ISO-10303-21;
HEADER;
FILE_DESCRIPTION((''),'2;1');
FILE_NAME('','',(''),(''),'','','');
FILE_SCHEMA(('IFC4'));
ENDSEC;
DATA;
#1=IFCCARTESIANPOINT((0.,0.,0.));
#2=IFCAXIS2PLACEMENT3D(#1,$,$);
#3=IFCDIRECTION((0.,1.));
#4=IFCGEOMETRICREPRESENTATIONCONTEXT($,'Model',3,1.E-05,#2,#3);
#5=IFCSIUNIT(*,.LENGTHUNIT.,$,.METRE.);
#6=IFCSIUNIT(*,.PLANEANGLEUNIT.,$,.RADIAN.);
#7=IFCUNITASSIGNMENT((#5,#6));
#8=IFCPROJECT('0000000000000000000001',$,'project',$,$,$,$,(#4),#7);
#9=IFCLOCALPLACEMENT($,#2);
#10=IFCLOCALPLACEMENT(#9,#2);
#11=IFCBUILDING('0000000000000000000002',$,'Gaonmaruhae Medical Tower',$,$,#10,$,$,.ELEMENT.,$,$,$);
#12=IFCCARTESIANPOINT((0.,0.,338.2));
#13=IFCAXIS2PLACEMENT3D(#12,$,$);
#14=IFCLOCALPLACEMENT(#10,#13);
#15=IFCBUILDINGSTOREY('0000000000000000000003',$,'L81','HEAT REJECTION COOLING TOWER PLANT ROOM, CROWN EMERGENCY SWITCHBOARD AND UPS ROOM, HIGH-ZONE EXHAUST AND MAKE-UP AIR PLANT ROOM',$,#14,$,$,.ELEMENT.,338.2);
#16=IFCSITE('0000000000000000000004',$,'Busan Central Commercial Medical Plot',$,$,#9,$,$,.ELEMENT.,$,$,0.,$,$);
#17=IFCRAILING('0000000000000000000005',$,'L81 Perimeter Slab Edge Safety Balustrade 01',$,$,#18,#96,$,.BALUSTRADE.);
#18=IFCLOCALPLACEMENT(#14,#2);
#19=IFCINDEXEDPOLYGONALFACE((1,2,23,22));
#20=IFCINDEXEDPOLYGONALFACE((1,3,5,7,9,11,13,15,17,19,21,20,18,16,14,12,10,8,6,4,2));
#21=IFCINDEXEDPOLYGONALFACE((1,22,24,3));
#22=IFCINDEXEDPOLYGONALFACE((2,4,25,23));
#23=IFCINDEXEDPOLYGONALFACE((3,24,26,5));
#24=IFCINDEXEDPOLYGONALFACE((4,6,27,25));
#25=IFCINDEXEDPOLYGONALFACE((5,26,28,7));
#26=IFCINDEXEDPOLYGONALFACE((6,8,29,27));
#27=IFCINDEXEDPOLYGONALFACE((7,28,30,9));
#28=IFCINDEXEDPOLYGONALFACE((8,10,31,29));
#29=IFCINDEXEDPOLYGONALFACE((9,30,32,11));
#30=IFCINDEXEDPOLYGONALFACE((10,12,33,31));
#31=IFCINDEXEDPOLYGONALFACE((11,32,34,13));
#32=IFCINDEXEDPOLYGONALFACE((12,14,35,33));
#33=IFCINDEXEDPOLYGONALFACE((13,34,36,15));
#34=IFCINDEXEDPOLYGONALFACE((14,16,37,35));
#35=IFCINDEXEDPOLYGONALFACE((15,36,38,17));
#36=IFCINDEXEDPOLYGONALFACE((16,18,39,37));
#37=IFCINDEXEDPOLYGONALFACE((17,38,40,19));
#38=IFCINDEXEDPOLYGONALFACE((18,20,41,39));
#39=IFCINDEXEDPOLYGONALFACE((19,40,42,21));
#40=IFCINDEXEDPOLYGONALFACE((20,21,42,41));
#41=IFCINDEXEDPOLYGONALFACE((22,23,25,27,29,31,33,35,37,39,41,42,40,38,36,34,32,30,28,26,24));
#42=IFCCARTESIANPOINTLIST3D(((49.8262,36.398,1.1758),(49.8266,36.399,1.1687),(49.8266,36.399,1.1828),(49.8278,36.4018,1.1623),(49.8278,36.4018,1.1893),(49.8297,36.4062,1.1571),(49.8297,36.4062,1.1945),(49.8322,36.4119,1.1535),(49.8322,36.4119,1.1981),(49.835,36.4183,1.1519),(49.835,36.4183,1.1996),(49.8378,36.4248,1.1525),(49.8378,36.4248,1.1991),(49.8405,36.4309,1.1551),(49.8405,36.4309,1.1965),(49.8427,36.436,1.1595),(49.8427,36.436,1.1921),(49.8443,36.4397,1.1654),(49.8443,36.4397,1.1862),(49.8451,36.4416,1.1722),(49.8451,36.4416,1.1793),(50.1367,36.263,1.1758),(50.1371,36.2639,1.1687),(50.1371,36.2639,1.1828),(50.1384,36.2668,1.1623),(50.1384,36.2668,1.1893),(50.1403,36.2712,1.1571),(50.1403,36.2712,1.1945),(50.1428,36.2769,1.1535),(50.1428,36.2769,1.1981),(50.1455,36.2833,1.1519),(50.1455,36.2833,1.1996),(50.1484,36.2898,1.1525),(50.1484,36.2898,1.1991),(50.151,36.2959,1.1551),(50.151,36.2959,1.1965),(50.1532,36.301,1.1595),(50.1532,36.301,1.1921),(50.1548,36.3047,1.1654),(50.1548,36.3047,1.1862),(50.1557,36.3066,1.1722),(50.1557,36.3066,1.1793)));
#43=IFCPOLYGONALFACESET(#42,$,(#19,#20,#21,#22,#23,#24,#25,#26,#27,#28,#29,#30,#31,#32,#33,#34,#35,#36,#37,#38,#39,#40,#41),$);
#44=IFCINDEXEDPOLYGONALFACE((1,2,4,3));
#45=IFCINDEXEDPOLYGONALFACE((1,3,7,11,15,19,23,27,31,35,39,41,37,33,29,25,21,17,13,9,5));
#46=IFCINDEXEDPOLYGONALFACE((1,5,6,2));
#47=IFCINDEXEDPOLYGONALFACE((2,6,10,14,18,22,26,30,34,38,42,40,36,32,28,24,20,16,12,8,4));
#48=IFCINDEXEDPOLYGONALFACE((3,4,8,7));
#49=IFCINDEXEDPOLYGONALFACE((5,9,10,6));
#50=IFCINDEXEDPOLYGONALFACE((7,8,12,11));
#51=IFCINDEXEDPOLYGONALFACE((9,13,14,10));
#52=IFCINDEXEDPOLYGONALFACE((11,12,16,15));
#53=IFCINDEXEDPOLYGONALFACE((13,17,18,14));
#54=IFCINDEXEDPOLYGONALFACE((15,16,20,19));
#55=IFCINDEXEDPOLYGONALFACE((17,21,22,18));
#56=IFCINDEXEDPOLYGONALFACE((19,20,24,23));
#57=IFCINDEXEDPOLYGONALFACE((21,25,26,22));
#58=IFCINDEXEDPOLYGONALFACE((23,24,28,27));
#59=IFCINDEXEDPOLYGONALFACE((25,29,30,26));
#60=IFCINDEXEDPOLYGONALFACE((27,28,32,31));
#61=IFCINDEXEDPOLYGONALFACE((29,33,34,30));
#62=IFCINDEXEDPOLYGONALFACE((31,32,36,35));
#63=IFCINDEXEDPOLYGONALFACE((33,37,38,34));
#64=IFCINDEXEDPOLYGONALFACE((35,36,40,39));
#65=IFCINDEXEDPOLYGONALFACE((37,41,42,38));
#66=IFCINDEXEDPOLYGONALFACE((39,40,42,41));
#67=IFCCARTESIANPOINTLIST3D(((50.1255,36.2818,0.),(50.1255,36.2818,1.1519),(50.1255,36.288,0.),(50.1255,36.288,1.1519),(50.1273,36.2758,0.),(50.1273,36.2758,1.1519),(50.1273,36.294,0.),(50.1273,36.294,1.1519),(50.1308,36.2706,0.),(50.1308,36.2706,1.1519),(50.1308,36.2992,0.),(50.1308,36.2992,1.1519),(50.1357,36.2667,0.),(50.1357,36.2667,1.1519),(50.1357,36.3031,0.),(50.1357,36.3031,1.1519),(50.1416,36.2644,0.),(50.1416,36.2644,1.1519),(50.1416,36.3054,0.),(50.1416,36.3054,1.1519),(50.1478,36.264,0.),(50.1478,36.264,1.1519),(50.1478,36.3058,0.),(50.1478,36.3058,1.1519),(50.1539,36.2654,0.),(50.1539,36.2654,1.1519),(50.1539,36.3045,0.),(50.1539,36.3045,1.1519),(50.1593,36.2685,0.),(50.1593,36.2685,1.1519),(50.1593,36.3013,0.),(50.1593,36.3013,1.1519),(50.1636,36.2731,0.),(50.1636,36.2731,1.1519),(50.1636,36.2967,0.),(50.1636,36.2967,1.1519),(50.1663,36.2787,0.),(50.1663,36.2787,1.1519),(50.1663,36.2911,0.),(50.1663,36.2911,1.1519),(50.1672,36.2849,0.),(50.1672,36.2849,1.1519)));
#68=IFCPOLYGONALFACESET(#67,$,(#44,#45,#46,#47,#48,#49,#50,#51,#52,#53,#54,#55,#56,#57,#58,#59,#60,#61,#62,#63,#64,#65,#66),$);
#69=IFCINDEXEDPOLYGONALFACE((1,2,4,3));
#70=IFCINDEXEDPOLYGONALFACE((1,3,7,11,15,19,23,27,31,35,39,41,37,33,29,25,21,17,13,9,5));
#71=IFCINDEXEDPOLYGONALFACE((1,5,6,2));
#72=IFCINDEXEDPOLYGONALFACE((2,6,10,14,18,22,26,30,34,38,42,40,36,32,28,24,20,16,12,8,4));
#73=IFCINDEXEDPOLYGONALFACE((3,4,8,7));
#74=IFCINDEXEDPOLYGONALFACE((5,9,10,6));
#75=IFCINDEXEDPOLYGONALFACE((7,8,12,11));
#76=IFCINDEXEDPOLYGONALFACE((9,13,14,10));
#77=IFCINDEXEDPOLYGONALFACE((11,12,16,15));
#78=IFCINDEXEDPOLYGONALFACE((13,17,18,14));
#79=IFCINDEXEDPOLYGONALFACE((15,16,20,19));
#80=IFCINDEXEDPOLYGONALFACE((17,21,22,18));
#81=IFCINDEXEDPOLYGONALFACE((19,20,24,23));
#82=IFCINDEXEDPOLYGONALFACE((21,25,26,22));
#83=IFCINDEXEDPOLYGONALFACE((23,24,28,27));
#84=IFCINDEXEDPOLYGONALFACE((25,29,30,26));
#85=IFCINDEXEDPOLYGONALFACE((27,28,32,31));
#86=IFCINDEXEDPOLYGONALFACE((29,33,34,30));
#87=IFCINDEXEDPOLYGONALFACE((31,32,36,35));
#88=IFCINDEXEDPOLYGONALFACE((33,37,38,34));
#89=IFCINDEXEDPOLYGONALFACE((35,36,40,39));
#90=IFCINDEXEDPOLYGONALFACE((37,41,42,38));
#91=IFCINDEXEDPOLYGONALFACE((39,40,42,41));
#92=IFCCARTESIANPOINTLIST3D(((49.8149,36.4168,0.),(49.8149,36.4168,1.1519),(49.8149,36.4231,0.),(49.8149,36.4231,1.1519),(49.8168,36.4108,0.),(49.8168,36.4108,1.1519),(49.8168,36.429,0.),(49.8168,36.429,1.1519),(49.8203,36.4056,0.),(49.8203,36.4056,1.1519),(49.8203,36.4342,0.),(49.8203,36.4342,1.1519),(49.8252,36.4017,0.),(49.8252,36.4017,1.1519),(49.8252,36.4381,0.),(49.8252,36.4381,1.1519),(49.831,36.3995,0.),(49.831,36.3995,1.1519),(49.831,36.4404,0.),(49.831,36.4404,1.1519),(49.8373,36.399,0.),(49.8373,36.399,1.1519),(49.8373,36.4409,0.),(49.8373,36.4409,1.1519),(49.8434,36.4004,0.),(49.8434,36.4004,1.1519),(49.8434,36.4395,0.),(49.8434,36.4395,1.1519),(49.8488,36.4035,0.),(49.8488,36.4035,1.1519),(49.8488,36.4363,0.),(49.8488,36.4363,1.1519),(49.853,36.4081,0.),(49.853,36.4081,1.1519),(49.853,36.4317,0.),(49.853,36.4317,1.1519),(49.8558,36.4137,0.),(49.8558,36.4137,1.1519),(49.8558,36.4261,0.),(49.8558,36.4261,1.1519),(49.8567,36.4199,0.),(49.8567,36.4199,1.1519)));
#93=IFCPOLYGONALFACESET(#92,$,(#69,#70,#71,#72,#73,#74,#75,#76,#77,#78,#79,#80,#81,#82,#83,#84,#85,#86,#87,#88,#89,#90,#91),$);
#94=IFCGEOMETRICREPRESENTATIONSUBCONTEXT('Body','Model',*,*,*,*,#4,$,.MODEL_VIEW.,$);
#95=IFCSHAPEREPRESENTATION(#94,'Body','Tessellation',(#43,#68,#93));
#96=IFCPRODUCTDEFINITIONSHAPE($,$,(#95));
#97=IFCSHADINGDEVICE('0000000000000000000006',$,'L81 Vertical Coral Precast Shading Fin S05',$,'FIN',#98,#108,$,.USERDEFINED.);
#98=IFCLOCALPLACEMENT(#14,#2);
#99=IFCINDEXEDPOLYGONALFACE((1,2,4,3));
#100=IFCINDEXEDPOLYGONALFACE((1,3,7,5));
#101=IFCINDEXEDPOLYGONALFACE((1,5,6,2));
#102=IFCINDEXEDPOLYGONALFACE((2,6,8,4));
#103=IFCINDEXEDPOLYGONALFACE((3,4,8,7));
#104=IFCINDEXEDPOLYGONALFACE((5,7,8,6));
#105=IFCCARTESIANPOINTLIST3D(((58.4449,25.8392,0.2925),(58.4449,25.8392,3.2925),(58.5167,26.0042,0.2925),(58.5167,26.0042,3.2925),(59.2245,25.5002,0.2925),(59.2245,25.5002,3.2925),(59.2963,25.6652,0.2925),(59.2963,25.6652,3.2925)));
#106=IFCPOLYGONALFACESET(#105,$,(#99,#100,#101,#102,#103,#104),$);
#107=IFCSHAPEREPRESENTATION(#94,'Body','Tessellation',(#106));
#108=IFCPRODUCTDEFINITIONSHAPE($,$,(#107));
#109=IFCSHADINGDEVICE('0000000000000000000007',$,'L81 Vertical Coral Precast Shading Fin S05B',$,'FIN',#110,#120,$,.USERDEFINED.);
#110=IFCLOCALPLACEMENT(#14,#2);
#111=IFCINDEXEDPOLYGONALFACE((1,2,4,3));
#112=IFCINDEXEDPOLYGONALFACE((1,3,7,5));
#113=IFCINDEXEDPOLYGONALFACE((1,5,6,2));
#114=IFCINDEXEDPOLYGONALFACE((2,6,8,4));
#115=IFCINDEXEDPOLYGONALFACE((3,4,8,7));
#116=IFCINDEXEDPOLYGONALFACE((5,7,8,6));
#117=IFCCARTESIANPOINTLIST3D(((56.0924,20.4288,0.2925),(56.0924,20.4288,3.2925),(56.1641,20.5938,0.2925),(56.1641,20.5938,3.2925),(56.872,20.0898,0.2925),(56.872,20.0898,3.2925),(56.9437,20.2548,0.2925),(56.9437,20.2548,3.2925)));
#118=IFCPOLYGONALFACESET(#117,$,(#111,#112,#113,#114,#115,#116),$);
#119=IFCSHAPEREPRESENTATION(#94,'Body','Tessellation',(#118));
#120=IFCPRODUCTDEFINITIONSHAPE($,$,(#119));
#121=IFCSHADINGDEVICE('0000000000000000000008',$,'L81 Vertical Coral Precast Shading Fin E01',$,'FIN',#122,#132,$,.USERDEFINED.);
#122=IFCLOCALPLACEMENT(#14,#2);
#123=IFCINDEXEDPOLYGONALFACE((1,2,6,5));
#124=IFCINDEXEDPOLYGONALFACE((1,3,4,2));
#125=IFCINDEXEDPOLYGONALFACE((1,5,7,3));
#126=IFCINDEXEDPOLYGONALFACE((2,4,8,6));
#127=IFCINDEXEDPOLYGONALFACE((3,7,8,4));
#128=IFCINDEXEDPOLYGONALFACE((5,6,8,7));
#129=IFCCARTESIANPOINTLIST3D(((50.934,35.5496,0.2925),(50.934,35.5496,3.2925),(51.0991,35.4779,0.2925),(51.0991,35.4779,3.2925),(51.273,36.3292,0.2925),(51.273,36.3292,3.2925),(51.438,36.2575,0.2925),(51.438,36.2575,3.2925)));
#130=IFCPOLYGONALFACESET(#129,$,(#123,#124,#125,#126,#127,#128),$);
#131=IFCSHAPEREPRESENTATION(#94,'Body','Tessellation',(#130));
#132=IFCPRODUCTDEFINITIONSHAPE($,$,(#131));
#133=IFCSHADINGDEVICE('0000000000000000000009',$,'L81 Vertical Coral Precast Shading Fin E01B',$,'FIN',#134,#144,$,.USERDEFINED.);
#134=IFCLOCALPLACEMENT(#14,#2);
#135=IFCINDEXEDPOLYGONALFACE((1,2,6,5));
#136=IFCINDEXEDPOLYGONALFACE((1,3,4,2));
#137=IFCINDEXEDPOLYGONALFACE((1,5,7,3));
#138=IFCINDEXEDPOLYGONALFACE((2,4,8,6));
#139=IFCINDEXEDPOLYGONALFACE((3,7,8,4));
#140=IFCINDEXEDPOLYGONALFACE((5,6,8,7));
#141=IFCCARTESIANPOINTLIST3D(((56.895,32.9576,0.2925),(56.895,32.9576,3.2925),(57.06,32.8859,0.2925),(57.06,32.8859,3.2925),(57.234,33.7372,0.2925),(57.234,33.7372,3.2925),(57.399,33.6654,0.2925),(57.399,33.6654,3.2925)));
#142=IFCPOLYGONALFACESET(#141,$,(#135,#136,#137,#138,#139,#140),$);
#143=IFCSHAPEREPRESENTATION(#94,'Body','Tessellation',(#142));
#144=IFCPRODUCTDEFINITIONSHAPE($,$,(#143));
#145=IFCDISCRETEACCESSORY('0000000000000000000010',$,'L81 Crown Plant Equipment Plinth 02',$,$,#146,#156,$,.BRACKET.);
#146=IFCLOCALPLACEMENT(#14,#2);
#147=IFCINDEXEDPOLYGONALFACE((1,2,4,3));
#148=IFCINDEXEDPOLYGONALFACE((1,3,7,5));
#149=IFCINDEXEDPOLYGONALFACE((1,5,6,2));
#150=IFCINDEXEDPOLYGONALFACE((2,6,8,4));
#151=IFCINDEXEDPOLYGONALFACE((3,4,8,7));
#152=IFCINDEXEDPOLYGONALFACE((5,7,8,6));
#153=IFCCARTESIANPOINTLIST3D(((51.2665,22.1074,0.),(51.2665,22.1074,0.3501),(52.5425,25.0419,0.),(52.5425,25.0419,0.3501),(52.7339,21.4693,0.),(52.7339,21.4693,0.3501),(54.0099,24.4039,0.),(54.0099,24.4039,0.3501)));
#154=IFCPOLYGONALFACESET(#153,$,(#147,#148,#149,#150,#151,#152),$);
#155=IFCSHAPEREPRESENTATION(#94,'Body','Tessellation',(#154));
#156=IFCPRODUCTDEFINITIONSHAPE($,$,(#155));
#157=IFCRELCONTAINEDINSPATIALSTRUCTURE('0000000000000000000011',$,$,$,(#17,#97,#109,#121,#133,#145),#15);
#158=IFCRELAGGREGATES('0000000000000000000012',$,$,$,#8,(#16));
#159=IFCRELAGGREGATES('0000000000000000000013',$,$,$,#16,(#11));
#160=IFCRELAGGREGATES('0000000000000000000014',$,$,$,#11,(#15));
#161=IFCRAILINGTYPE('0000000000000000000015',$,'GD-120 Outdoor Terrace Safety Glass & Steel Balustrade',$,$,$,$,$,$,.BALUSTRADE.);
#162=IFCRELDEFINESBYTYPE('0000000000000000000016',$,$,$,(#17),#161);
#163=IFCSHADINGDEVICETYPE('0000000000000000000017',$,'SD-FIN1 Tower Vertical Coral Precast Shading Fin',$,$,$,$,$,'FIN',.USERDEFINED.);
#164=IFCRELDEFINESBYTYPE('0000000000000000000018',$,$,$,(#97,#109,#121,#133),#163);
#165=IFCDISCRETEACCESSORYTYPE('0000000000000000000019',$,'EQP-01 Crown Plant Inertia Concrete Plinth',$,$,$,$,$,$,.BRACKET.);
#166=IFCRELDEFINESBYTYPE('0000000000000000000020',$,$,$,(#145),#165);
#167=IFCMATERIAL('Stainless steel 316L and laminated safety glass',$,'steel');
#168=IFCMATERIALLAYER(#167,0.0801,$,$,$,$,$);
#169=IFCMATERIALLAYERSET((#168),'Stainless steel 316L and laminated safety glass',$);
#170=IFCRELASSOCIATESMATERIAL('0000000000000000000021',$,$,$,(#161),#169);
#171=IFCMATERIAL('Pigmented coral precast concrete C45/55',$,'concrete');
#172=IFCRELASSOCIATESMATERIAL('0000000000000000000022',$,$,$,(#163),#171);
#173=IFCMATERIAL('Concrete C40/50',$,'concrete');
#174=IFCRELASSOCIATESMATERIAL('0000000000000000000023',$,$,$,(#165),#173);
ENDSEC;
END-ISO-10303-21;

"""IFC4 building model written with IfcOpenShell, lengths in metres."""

from ifc_helpers import new_model, si_unit, direction, frame, origin, origin_2d, place, context, subcontext, project, spatial, rectangle, circle, extrude, material, layer, layer_set, type_object, element, save


model = new_model("IFC4")

# Units and contexts
model_context = context("Model", 3, precision=1e-05, world=origin(), true_north=direction((0.0, 1.0)))
body_context = subcontext(model_context, "Body", "Model", "MODEL_VIEW")
ifc_project = project(units=[si_unit("LENGTHUNIT", "METRE"), si_unit("PLANEANGLEUNIT", "RADIAN")], contexts=[model_context])

# Site, building, storey
site_placement = place(None, origin())
site = spatial("IfcSite", under=ifc_project, at=site_placement, Name="Busan Central Commercial Medical Plot", CompositionType="ELEMENT", RefElevation=0.0)
building_placement = place(site_placement, origin())
building = spatial("IfcBuilding", under=site, at=building_placement, Name="Gaonmaruhae Medical Tower", CompositionType="ELEMENT")
storey_placement = place(building_placement, frame((0.0, 0.0, 338.2)))
storey = spatial("IfcBuildingStorey", under=building, at=storey_placement, Name="L81", Description="HEAT REJECTION COOLING TOWER PLANT ROOM, CROWN EMERGENCY SWITCHBOARD AND UPS ROOM, HIGH-ZONE EXHAUST AND MAKE-UP AIR PLANT ROOM", CompositionType="ELEMENT", Elevation=338.2)

# Railing
ifc_material_1 = material(Name="Stainless steel 316L and laminated safety glass", Category="steel")
ifc_layer_1 = layer(ifc_material_1, 0.0801)
ifc_layer_set_1 = layer_set([ifc_layer_1], Name="Stainless steel 316L and laminated safety glass")
railing_type = type_object("IfcRailingType", Name="GD-120 Outdoor Terrace Safety Glass & Steel Balustrade", PredefinedType="BALUSTRADE", material=ifc_layer_set_1)
railing_placement = place(storey_placement, frame((50.1462, 36.2849, 0.0)))
element("IfcRailing", 1, at=railing_placement, inside=storey, type_object=railing_type, Name="L81 Perimeter Slab Edge Safety Balustrade 01", PredefinedType="BALUSTRADE", context=body_context, shape_type="SweptSolid", body=[
    extrude(circle(Radius=0.0239, at=origin_2d()), frame((0.0, 0.0, 1.1758), z_axis=(-0.917082, 0.3987, 0.0), x_axis=(-0.3987, -0.917082, 0.0)), (0.0, 0.0, 1.0), 0.3386),
    extrude(circle(Radius=0.021, at=origin_2d()), origin(), (0.0, 0.0, 1.0), 1.1519),
    extrude(circle(Radius=0.021, at=origin_2d()), frame((-0.3105, 0.135, 0.0)), (0.0, 0.0, 1.0), 1.1519),
])

# Shading devices
ifc_material_2 = material(Name="Pigmented coral precast concrete C45/55", Category="concrete")
shading_device_type = type_object("IfcShadingDeviceType", Name="SD-FIN1 Tower Vertical Coral Precast Shading Fin", ElementType="FIN", PredefinedType="USERDEFINED", material=ifc_material_2)
for number, where, z_axis, x_axis, name in (
    (2, (58.8706, 25.7522, 0.2925), (0.0, 0.0, 1.0), (-0.398749, -0.91706, 0.0), "L81 Vertical Coral Precast Shading Fin S05"),
    (3, (56.5181, 20.3418, 0.2925), (0.0, 0.0, 1.0), (-0.398749, -0.91706, 0.0), "L81 Vertical Coral Precast Shading Fin S05B"),
    (4, (51.186, 35.9036, 0.2925), (0.0, 0.0, 1.0), (0.91706, -0.398749, 0.0), "L81 Vertical Coral Precast Shading Fin E01"),
    (5, (57.147, 33.3115, 0.2925), (0.0, 0.0, 1.0), (0.91706, -0.398749, 0.0), "L81 Vertical Coral Precast Shading Fin E01B"),
):
    element("IfcShadingDevice", number, at=place(storey_placement, frame(where, z_axis=z_axis, x_axis=x_axis)), inside=storey, type_object=shading_device_type, Name=name, ObjectType="FIN", PredefinedType="USERDEFINED", context=body_context, shape_type="SweptSolid", body=[
        extrude(rectangle(XDim=0.1799, YDim=0.8501, at=origin_2d()), origin(), (0.0, 0.0, 1.0), 3.0),
    ])

# Discrete accessory
ifc_material_3 = material(Name="Concrete C40/50", Category="concrete")
discrete_accessory_type = type_object("IfcDiscreteAccessoryType", Name="EQP-01 Crown Plant Inertia Concrete Plinth", PredefinedType="BRACKET", material=ifc_material_3)
discrete_accessory_placement = place(storey_placement, frame((52.6382, 23.2556, 0.0), z_axis=(0.0, 0.0, 1.0), x_axis=(0.398749, 0.91706, 0.0)))
element("IfcDiscreteAccessory", 6, at=discrete_accessory_placement, inside=storey, type_object=discrete_accessory_type, Name="L81 Crown Plant Equipment Plinth 02", PredefinedType="BRACKET", context=body_context, shape_type="SweptSolid", body=[
    extrude(rectangle(XDim=3.2, YDim=1.6001, at=origin_2d()), origin(), (0.0, 0.0, 1.0), 0.3501),
])

save(model, "model.ifc")
